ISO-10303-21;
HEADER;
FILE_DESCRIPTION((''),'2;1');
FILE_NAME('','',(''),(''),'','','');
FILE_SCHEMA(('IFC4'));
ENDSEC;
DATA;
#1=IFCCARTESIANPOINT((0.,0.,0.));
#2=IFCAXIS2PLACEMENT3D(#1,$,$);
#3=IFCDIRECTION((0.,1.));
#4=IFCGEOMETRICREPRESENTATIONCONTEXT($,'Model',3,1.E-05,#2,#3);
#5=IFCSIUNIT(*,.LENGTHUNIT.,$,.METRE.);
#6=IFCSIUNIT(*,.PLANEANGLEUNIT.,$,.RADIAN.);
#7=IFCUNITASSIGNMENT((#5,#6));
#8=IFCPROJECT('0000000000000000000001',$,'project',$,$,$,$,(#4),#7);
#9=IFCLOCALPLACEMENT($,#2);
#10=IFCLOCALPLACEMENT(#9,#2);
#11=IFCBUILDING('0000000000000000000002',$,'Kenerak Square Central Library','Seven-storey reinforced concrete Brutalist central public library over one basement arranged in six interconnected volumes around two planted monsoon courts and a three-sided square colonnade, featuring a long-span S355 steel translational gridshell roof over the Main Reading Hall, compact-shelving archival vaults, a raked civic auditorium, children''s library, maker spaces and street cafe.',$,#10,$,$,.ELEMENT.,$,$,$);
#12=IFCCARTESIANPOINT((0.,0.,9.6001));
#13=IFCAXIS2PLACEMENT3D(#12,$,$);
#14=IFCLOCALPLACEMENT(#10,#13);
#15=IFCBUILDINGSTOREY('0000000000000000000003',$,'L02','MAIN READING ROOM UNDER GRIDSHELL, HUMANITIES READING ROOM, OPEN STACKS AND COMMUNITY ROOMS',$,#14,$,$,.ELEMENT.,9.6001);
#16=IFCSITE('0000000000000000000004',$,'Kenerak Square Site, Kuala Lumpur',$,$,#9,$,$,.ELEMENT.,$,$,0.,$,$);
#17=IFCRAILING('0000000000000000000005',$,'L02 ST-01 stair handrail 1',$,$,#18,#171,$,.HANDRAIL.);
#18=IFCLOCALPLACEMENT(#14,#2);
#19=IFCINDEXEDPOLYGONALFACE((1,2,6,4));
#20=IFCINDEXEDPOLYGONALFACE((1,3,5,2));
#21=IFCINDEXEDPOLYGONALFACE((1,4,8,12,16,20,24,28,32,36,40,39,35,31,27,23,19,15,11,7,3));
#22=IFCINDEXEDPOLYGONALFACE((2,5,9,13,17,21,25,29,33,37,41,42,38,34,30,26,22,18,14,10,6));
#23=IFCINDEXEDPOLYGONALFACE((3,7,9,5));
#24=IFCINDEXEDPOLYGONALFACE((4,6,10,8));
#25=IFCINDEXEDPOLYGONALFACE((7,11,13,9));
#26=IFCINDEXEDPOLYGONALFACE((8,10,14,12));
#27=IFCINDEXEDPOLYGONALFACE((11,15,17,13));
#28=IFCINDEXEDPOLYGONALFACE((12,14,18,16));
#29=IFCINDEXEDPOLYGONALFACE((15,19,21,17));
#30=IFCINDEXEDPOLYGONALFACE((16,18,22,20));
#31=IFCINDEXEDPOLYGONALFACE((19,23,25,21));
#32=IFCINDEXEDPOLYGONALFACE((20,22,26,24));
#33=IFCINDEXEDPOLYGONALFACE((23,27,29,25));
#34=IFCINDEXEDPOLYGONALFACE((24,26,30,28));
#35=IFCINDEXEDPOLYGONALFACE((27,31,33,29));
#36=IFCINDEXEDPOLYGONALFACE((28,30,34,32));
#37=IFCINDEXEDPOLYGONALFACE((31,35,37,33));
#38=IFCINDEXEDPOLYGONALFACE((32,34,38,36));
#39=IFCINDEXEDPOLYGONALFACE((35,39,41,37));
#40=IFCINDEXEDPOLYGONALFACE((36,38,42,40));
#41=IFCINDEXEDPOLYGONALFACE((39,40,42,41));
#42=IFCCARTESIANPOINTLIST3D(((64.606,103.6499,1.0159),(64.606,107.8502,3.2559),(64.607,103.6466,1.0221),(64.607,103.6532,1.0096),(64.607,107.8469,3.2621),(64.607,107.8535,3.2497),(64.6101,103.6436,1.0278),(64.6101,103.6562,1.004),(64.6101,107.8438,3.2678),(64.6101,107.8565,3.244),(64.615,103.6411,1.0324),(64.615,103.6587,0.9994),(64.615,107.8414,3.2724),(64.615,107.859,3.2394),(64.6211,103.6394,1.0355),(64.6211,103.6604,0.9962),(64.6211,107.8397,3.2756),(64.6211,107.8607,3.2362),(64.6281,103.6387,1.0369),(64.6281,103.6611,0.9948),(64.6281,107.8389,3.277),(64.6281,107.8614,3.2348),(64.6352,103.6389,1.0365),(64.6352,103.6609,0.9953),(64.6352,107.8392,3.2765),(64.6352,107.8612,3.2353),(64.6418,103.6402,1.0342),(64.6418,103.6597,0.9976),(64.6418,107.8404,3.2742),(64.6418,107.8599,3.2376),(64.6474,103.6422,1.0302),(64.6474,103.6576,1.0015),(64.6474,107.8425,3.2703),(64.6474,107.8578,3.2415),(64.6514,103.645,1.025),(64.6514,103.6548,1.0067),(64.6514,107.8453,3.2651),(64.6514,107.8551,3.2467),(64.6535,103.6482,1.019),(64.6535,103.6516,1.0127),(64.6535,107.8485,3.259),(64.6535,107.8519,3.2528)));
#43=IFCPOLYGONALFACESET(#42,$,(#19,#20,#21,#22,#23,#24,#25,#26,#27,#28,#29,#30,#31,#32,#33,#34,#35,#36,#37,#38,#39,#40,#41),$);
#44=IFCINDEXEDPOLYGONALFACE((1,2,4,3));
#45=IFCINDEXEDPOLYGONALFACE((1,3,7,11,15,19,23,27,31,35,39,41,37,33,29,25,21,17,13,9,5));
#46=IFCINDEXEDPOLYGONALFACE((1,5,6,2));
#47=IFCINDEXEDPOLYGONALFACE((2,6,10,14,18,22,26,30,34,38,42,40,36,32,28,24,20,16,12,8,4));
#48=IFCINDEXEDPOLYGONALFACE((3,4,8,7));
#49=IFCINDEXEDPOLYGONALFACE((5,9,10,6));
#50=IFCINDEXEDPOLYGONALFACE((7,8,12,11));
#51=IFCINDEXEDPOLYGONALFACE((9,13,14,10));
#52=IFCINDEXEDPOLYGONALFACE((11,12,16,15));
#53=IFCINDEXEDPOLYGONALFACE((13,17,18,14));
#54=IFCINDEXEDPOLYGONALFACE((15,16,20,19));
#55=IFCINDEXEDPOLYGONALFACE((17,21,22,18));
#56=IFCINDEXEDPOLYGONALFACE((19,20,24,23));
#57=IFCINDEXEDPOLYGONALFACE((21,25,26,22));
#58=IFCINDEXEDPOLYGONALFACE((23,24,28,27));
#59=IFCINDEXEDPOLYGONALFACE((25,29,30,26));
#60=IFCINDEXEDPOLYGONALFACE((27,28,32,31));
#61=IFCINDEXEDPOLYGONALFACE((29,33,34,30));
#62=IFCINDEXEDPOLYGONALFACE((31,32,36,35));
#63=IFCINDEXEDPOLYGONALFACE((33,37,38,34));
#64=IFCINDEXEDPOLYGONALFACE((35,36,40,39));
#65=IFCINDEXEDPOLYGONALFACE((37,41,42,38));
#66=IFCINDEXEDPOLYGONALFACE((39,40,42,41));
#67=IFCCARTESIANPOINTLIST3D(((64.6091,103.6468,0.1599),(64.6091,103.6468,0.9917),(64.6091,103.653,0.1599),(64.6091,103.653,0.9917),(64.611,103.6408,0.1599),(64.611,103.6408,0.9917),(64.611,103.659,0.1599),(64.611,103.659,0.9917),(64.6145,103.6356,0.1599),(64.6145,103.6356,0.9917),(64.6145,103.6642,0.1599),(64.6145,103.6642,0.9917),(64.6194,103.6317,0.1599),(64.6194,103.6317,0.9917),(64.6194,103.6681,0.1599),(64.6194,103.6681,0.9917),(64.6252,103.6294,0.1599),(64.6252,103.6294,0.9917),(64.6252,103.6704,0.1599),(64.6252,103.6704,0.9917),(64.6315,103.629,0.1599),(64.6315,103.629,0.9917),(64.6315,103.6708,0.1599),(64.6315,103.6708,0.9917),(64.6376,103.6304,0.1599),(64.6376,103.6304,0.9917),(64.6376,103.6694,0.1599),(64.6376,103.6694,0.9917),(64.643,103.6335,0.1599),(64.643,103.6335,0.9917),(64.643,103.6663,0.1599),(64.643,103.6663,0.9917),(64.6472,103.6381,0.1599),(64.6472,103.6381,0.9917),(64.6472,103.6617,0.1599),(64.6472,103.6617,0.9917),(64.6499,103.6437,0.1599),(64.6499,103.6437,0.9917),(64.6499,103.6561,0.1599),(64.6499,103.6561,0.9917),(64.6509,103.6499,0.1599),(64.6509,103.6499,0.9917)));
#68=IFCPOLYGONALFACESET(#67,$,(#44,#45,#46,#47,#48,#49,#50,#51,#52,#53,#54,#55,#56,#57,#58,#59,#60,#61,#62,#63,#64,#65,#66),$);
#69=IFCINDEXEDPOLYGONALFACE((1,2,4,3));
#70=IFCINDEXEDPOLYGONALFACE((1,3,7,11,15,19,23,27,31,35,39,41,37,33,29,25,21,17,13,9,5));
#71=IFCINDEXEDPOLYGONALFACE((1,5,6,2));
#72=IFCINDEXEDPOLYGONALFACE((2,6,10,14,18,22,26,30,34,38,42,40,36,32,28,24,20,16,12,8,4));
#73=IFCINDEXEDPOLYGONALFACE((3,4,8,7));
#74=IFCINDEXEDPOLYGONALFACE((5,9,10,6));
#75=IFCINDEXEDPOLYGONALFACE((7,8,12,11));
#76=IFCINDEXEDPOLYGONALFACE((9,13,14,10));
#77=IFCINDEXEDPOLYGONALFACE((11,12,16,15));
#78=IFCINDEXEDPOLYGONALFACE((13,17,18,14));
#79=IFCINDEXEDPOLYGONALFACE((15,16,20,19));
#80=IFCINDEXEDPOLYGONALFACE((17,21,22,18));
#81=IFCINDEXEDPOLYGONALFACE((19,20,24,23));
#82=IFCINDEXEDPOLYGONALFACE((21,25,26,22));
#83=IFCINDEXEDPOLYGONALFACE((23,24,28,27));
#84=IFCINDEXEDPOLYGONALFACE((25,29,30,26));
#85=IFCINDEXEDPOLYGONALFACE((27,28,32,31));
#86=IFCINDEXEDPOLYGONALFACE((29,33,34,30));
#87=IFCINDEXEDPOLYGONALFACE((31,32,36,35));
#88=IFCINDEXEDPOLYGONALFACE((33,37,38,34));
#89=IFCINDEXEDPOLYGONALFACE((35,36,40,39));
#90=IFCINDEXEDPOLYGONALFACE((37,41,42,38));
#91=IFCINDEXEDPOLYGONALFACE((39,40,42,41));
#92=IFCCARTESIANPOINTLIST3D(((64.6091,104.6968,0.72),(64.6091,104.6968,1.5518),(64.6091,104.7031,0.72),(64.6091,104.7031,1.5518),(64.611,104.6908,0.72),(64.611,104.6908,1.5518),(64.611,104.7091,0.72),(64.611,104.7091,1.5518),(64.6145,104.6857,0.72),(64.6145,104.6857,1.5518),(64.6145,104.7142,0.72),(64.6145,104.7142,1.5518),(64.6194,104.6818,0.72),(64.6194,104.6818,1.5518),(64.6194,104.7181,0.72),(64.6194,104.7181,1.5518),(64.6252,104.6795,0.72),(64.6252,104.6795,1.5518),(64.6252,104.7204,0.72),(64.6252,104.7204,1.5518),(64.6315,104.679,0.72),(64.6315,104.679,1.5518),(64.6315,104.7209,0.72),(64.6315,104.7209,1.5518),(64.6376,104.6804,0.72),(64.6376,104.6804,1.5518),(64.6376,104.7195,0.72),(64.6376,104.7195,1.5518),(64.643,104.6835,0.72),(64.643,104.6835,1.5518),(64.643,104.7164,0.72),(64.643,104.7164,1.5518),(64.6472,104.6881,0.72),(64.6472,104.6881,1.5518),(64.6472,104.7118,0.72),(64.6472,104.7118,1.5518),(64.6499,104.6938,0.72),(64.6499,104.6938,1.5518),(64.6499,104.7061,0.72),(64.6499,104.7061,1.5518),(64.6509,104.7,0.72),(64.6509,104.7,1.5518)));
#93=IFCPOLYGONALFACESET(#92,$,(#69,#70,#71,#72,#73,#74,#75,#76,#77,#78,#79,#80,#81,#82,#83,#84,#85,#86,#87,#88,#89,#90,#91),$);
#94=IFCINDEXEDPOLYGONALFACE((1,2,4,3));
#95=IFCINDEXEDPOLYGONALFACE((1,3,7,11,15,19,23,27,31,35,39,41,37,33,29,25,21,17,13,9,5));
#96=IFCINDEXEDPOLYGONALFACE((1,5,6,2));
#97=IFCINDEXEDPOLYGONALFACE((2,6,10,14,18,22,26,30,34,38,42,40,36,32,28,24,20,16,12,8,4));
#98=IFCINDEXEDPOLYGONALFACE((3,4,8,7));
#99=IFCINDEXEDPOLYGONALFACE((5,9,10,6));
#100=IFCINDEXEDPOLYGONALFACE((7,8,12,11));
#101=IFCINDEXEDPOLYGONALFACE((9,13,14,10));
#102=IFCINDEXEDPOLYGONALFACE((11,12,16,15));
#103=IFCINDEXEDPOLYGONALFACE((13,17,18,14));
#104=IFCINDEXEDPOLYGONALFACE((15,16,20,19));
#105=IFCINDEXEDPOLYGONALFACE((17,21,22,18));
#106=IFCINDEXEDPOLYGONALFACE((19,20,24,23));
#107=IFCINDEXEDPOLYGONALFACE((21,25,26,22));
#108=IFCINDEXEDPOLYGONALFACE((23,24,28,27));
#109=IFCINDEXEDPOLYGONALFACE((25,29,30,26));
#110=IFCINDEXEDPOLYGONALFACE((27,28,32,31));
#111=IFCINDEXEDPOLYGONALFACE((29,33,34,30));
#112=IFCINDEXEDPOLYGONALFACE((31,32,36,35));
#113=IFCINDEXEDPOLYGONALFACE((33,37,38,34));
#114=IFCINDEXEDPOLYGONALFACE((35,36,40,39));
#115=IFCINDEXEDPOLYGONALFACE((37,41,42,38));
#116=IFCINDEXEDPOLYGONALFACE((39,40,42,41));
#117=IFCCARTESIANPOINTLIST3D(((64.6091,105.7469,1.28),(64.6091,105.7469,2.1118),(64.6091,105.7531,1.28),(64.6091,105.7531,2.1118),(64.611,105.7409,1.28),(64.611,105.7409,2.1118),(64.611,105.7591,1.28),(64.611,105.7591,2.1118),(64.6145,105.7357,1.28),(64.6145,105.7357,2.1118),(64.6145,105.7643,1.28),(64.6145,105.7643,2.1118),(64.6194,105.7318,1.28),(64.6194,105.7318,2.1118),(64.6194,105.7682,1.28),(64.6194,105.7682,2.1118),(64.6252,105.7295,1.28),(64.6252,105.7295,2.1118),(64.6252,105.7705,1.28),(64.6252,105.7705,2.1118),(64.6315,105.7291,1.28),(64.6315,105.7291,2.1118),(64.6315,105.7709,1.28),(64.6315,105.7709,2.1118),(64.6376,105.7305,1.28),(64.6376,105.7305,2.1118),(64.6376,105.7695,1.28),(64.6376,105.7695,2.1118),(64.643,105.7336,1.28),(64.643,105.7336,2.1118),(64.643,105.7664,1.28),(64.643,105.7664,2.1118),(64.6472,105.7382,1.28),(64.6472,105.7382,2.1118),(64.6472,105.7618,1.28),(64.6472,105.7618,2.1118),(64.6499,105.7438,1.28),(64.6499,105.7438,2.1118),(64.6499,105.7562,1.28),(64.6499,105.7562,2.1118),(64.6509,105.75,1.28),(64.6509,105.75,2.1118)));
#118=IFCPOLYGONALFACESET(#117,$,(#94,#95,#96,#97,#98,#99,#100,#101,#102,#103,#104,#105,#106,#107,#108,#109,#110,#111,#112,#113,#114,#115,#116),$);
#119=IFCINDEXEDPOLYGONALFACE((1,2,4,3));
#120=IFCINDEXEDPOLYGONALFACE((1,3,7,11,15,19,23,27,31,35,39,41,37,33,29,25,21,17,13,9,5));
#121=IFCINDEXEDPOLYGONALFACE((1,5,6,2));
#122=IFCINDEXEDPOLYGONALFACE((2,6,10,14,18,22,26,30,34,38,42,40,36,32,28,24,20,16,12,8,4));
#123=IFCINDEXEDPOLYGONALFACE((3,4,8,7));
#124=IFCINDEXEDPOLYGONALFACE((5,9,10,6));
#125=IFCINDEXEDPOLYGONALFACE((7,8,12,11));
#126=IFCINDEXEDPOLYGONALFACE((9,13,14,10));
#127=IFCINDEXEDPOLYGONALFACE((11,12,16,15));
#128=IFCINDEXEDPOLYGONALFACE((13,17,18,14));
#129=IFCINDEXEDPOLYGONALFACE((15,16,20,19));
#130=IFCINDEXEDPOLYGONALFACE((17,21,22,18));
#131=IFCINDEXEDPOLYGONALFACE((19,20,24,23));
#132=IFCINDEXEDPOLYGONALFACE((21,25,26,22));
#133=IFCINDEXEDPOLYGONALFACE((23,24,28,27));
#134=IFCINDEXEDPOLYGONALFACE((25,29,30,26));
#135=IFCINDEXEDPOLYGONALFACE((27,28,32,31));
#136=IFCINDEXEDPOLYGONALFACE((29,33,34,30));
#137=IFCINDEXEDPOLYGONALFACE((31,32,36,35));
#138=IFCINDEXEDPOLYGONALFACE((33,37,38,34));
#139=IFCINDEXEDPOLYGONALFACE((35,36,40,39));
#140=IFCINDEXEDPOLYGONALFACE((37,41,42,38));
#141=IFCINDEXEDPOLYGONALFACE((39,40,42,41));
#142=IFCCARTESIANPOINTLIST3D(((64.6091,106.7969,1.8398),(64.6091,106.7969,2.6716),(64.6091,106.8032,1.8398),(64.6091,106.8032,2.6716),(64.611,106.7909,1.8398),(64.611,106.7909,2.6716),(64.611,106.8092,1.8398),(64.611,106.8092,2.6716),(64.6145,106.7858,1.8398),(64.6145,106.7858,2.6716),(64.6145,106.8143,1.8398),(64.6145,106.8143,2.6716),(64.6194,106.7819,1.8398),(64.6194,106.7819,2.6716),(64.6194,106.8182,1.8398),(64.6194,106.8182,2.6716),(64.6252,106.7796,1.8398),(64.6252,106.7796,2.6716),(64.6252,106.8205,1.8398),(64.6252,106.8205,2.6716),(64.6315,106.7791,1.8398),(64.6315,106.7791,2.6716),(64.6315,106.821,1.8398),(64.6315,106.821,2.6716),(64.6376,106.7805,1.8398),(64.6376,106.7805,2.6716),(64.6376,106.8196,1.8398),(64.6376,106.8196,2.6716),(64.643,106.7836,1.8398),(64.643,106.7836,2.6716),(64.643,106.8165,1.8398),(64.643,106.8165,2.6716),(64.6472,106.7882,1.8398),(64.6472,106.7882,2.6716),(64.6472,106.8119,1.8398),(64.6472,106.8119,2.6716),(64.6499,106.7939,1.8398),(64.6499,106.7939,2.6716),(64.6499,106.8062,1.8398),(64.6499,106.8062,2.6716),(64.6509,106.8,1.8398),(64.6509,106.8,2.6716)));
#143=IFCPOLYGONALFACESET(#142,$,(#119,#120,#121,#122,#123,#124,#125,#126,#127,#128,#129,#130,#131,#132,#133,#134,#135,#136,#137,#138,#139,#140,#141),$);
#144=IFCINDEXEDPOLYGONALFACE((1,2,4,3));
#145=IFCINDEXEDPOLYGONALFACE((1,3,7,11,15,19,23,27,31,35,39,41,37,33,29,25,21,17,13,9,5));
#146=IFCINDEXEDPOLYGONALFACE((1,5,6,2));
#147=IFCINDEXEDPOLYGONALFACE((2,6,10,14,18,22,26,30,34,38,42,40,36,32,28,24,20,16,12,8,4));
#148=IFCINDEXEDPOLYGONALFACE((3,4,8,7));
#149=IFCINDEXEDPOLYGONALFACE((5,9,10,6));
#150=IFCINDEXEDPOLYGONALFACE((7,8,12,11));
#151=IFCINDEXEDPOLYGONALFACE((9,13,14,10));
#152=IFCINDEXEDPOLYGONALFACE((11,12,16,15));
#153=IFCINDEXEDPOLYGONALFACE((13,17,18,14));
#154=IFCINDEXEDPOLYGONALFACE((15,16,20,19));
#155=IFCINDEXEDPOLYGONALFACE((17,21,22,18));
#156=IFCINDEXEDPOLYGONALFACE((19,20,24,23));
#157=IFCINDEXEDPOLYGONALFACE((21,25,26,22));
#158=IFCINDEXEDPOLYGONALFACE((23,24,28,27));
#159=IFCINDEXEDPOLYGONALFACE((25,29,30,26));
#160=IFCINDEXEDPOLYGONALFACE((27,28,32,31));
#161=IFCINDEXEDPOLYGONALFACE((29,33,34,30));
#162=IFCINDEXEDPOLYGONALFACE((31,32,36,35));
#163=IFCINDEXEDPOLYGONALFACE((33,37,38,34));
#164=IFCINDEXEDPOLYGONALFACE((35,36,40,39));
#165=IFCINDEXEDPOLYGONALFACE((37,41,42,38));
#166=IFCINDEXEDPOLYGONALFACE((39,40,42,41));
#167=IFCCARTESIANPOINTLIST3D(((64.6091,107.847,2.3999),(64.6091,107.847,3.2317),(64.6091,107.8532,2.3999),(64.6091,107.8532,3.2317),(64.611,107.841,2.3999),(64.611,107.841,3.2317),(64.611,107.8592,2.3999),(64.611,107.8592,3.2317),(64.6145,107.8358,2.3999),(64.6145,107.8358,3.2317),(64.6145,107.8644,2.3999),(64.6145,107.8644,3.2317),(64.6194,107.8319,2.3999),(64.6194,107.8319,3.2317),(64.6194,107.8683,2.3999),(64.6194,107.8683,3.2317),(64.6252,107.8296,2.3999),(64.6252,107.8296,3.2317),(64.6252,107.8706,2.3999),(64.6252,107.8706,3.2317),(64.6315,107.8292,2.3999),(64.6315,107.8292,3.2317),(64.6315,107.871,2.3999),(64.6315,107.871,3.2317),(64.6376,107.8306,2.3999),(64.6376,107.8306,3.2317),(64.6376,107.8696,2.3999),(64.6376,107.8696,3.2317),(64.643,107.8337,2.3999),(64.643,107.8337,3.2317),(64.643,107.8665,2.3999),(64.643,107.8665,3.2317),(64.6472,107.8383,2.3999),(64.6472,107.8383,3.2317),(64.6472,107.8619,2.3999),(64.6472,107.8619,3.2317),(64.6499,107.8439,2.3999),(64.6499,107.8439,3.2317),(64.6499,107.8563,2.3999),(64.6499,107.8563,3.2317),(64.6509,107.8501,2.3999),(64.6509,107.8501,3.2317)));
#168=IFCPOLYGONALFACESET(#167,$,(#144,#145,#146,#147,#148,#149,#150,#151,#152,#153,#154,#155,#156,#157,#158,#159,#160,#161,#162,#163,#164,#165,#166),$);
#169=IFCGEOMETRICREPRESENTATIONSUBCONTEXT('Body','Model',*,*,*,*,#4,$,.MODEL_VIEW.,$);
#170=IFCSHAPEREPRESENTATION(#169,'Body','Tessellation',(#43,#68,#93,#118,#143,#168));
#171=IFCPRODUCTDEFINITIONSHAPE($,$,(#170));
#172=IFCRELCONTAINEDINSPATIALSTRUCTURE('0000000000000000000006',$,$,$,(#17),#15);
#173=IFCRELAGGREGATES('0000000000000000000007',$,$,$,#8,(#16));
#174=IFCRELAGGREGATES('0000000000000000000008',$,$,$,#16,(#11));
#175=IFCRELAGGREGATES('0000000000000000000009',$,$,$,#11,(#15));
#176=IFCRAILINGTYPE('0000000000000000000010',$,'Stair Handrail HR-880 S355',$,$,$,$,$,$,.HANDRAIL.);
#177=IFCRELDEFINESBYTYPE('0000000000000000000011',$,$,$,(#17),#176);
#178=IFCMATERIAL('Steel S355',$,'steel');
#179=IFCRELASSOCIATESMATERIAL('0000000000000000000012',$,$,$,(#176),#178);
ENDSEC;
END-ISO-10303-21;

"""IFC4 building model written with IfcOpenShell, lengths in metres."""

from ifc_helpers import new_model, si_unit, direction, frame, origin, origin_2d, place, context, subcontext, project, spatial, circle, extrude, material, type_object, element, save


model = new_model("IFC4")

# Units and contexts
model_context = context("Model", 3, precision=1e-05, world=origin(), true_north=direction((0.0, 1.0)))
body_context = subcontext(model_context, "Body", "Model", "MODEL_VIEW")
ifc_project = project(units=[si_unit("LENGTHUNIT", "METRE"), si_unit("PLANEANGLEUNIT", "RADIAN")], contexts=[model_context])

# Site, building, storey
site_placement = place(None, origin())
site = spatial("IfcSite", under=ifc_project, at=site_placement, Name="Kenerak Square Site, Kuala Lumpur", CompositionType="ELEMENT", RefElevation=0.0)
building_placement = place(site_placement, origin())
building = spatial("IfcBuilding", under=site, at=building_placement, Name="Kenerak Square Central Library", Description="Seven-storey reinforced concrete Brutalist central public library over one basement arranged in six interconnected volumes around two planted monsoon courts and a three-sided square colonnade, featuring a long-span S355 steel translational gridshell roof over the Main Reading Hall, compact-shelving archival vaults, a raked civic auditorium, children's library, maker spaces and street cafe.", CompositionType="ELEMENT")
storey_placement = place(building_placement, frame((0.0, 0.0, 9.6001)))
storey = spatial("IfcBuildingStorey", under=building, at=storey_placement, Name="L02", Description="MAIN READING ROOM UNDER GRIDSHELL, HUMANITIES READING ROOM, OPEN STACKS AND COMMUNITY ROOMS", CompositionType="ELEMENT", Elevation=9.6001)

# Shared definitions
ifc_material_1 = material(Name="Steel S355", Category="steel")

# Railing
railing_type_1 = type_object("IfcRailingType", Name="Stair Handrail HR-880 S355", PredefinedType="HANDRAIL", material=ifc_material_1)
railing_1_placement = place(storey_placement, frame((64.6299, 103.6499, 0.1599)))
element("IfcRailing", 1, at=railing_1_placement, inside=storey, type_object=railing_type_1, Name="L02 ST-01 stair handrail 1", PredefinedType="HANDRAIL", context=body_context, shape_type="SweptSolid", body=[
    extrude(circle(Radius=0.0239, at=origin_2d()), frame((0.0, 0.0, 0.856), z_axis=(0.0, 0.882363, 0.47057), x_axis=(-1.0, 0.0, 0.0)), (0.0, 0.0, 1.0), 4.7603),
    extrude(circle(Radius=0.021, at=origin_2d()), origin(), (0.0, 0.0, 1.0), 0.8318),
    extrude(circle(Radius=0.021, at=origin_2d()), frame((0.0, 1.05, 0.5601)), (0.0, 0.0, 1.0), 0.8318),
    extrude(circle(Radius=0.021, at=origin_2d()), frame((0.0, 2.1001, 1.1201)), (0.0, 0.0, 1.0), 0.8318),
    extrude(circle(Radius=0.021, at=origin_2d()), frame((0.0, 3.1501, 1.6799)), (0.0, 0.0, 1.0), 0.8318),
    extrude(circle(Radius=0.021, at=origin_2d()), frame((0.0, 4.2002, 2.24)), (0.0, 0.0, 1.0), 0.8318),
])

save(model, "model.ifc")
